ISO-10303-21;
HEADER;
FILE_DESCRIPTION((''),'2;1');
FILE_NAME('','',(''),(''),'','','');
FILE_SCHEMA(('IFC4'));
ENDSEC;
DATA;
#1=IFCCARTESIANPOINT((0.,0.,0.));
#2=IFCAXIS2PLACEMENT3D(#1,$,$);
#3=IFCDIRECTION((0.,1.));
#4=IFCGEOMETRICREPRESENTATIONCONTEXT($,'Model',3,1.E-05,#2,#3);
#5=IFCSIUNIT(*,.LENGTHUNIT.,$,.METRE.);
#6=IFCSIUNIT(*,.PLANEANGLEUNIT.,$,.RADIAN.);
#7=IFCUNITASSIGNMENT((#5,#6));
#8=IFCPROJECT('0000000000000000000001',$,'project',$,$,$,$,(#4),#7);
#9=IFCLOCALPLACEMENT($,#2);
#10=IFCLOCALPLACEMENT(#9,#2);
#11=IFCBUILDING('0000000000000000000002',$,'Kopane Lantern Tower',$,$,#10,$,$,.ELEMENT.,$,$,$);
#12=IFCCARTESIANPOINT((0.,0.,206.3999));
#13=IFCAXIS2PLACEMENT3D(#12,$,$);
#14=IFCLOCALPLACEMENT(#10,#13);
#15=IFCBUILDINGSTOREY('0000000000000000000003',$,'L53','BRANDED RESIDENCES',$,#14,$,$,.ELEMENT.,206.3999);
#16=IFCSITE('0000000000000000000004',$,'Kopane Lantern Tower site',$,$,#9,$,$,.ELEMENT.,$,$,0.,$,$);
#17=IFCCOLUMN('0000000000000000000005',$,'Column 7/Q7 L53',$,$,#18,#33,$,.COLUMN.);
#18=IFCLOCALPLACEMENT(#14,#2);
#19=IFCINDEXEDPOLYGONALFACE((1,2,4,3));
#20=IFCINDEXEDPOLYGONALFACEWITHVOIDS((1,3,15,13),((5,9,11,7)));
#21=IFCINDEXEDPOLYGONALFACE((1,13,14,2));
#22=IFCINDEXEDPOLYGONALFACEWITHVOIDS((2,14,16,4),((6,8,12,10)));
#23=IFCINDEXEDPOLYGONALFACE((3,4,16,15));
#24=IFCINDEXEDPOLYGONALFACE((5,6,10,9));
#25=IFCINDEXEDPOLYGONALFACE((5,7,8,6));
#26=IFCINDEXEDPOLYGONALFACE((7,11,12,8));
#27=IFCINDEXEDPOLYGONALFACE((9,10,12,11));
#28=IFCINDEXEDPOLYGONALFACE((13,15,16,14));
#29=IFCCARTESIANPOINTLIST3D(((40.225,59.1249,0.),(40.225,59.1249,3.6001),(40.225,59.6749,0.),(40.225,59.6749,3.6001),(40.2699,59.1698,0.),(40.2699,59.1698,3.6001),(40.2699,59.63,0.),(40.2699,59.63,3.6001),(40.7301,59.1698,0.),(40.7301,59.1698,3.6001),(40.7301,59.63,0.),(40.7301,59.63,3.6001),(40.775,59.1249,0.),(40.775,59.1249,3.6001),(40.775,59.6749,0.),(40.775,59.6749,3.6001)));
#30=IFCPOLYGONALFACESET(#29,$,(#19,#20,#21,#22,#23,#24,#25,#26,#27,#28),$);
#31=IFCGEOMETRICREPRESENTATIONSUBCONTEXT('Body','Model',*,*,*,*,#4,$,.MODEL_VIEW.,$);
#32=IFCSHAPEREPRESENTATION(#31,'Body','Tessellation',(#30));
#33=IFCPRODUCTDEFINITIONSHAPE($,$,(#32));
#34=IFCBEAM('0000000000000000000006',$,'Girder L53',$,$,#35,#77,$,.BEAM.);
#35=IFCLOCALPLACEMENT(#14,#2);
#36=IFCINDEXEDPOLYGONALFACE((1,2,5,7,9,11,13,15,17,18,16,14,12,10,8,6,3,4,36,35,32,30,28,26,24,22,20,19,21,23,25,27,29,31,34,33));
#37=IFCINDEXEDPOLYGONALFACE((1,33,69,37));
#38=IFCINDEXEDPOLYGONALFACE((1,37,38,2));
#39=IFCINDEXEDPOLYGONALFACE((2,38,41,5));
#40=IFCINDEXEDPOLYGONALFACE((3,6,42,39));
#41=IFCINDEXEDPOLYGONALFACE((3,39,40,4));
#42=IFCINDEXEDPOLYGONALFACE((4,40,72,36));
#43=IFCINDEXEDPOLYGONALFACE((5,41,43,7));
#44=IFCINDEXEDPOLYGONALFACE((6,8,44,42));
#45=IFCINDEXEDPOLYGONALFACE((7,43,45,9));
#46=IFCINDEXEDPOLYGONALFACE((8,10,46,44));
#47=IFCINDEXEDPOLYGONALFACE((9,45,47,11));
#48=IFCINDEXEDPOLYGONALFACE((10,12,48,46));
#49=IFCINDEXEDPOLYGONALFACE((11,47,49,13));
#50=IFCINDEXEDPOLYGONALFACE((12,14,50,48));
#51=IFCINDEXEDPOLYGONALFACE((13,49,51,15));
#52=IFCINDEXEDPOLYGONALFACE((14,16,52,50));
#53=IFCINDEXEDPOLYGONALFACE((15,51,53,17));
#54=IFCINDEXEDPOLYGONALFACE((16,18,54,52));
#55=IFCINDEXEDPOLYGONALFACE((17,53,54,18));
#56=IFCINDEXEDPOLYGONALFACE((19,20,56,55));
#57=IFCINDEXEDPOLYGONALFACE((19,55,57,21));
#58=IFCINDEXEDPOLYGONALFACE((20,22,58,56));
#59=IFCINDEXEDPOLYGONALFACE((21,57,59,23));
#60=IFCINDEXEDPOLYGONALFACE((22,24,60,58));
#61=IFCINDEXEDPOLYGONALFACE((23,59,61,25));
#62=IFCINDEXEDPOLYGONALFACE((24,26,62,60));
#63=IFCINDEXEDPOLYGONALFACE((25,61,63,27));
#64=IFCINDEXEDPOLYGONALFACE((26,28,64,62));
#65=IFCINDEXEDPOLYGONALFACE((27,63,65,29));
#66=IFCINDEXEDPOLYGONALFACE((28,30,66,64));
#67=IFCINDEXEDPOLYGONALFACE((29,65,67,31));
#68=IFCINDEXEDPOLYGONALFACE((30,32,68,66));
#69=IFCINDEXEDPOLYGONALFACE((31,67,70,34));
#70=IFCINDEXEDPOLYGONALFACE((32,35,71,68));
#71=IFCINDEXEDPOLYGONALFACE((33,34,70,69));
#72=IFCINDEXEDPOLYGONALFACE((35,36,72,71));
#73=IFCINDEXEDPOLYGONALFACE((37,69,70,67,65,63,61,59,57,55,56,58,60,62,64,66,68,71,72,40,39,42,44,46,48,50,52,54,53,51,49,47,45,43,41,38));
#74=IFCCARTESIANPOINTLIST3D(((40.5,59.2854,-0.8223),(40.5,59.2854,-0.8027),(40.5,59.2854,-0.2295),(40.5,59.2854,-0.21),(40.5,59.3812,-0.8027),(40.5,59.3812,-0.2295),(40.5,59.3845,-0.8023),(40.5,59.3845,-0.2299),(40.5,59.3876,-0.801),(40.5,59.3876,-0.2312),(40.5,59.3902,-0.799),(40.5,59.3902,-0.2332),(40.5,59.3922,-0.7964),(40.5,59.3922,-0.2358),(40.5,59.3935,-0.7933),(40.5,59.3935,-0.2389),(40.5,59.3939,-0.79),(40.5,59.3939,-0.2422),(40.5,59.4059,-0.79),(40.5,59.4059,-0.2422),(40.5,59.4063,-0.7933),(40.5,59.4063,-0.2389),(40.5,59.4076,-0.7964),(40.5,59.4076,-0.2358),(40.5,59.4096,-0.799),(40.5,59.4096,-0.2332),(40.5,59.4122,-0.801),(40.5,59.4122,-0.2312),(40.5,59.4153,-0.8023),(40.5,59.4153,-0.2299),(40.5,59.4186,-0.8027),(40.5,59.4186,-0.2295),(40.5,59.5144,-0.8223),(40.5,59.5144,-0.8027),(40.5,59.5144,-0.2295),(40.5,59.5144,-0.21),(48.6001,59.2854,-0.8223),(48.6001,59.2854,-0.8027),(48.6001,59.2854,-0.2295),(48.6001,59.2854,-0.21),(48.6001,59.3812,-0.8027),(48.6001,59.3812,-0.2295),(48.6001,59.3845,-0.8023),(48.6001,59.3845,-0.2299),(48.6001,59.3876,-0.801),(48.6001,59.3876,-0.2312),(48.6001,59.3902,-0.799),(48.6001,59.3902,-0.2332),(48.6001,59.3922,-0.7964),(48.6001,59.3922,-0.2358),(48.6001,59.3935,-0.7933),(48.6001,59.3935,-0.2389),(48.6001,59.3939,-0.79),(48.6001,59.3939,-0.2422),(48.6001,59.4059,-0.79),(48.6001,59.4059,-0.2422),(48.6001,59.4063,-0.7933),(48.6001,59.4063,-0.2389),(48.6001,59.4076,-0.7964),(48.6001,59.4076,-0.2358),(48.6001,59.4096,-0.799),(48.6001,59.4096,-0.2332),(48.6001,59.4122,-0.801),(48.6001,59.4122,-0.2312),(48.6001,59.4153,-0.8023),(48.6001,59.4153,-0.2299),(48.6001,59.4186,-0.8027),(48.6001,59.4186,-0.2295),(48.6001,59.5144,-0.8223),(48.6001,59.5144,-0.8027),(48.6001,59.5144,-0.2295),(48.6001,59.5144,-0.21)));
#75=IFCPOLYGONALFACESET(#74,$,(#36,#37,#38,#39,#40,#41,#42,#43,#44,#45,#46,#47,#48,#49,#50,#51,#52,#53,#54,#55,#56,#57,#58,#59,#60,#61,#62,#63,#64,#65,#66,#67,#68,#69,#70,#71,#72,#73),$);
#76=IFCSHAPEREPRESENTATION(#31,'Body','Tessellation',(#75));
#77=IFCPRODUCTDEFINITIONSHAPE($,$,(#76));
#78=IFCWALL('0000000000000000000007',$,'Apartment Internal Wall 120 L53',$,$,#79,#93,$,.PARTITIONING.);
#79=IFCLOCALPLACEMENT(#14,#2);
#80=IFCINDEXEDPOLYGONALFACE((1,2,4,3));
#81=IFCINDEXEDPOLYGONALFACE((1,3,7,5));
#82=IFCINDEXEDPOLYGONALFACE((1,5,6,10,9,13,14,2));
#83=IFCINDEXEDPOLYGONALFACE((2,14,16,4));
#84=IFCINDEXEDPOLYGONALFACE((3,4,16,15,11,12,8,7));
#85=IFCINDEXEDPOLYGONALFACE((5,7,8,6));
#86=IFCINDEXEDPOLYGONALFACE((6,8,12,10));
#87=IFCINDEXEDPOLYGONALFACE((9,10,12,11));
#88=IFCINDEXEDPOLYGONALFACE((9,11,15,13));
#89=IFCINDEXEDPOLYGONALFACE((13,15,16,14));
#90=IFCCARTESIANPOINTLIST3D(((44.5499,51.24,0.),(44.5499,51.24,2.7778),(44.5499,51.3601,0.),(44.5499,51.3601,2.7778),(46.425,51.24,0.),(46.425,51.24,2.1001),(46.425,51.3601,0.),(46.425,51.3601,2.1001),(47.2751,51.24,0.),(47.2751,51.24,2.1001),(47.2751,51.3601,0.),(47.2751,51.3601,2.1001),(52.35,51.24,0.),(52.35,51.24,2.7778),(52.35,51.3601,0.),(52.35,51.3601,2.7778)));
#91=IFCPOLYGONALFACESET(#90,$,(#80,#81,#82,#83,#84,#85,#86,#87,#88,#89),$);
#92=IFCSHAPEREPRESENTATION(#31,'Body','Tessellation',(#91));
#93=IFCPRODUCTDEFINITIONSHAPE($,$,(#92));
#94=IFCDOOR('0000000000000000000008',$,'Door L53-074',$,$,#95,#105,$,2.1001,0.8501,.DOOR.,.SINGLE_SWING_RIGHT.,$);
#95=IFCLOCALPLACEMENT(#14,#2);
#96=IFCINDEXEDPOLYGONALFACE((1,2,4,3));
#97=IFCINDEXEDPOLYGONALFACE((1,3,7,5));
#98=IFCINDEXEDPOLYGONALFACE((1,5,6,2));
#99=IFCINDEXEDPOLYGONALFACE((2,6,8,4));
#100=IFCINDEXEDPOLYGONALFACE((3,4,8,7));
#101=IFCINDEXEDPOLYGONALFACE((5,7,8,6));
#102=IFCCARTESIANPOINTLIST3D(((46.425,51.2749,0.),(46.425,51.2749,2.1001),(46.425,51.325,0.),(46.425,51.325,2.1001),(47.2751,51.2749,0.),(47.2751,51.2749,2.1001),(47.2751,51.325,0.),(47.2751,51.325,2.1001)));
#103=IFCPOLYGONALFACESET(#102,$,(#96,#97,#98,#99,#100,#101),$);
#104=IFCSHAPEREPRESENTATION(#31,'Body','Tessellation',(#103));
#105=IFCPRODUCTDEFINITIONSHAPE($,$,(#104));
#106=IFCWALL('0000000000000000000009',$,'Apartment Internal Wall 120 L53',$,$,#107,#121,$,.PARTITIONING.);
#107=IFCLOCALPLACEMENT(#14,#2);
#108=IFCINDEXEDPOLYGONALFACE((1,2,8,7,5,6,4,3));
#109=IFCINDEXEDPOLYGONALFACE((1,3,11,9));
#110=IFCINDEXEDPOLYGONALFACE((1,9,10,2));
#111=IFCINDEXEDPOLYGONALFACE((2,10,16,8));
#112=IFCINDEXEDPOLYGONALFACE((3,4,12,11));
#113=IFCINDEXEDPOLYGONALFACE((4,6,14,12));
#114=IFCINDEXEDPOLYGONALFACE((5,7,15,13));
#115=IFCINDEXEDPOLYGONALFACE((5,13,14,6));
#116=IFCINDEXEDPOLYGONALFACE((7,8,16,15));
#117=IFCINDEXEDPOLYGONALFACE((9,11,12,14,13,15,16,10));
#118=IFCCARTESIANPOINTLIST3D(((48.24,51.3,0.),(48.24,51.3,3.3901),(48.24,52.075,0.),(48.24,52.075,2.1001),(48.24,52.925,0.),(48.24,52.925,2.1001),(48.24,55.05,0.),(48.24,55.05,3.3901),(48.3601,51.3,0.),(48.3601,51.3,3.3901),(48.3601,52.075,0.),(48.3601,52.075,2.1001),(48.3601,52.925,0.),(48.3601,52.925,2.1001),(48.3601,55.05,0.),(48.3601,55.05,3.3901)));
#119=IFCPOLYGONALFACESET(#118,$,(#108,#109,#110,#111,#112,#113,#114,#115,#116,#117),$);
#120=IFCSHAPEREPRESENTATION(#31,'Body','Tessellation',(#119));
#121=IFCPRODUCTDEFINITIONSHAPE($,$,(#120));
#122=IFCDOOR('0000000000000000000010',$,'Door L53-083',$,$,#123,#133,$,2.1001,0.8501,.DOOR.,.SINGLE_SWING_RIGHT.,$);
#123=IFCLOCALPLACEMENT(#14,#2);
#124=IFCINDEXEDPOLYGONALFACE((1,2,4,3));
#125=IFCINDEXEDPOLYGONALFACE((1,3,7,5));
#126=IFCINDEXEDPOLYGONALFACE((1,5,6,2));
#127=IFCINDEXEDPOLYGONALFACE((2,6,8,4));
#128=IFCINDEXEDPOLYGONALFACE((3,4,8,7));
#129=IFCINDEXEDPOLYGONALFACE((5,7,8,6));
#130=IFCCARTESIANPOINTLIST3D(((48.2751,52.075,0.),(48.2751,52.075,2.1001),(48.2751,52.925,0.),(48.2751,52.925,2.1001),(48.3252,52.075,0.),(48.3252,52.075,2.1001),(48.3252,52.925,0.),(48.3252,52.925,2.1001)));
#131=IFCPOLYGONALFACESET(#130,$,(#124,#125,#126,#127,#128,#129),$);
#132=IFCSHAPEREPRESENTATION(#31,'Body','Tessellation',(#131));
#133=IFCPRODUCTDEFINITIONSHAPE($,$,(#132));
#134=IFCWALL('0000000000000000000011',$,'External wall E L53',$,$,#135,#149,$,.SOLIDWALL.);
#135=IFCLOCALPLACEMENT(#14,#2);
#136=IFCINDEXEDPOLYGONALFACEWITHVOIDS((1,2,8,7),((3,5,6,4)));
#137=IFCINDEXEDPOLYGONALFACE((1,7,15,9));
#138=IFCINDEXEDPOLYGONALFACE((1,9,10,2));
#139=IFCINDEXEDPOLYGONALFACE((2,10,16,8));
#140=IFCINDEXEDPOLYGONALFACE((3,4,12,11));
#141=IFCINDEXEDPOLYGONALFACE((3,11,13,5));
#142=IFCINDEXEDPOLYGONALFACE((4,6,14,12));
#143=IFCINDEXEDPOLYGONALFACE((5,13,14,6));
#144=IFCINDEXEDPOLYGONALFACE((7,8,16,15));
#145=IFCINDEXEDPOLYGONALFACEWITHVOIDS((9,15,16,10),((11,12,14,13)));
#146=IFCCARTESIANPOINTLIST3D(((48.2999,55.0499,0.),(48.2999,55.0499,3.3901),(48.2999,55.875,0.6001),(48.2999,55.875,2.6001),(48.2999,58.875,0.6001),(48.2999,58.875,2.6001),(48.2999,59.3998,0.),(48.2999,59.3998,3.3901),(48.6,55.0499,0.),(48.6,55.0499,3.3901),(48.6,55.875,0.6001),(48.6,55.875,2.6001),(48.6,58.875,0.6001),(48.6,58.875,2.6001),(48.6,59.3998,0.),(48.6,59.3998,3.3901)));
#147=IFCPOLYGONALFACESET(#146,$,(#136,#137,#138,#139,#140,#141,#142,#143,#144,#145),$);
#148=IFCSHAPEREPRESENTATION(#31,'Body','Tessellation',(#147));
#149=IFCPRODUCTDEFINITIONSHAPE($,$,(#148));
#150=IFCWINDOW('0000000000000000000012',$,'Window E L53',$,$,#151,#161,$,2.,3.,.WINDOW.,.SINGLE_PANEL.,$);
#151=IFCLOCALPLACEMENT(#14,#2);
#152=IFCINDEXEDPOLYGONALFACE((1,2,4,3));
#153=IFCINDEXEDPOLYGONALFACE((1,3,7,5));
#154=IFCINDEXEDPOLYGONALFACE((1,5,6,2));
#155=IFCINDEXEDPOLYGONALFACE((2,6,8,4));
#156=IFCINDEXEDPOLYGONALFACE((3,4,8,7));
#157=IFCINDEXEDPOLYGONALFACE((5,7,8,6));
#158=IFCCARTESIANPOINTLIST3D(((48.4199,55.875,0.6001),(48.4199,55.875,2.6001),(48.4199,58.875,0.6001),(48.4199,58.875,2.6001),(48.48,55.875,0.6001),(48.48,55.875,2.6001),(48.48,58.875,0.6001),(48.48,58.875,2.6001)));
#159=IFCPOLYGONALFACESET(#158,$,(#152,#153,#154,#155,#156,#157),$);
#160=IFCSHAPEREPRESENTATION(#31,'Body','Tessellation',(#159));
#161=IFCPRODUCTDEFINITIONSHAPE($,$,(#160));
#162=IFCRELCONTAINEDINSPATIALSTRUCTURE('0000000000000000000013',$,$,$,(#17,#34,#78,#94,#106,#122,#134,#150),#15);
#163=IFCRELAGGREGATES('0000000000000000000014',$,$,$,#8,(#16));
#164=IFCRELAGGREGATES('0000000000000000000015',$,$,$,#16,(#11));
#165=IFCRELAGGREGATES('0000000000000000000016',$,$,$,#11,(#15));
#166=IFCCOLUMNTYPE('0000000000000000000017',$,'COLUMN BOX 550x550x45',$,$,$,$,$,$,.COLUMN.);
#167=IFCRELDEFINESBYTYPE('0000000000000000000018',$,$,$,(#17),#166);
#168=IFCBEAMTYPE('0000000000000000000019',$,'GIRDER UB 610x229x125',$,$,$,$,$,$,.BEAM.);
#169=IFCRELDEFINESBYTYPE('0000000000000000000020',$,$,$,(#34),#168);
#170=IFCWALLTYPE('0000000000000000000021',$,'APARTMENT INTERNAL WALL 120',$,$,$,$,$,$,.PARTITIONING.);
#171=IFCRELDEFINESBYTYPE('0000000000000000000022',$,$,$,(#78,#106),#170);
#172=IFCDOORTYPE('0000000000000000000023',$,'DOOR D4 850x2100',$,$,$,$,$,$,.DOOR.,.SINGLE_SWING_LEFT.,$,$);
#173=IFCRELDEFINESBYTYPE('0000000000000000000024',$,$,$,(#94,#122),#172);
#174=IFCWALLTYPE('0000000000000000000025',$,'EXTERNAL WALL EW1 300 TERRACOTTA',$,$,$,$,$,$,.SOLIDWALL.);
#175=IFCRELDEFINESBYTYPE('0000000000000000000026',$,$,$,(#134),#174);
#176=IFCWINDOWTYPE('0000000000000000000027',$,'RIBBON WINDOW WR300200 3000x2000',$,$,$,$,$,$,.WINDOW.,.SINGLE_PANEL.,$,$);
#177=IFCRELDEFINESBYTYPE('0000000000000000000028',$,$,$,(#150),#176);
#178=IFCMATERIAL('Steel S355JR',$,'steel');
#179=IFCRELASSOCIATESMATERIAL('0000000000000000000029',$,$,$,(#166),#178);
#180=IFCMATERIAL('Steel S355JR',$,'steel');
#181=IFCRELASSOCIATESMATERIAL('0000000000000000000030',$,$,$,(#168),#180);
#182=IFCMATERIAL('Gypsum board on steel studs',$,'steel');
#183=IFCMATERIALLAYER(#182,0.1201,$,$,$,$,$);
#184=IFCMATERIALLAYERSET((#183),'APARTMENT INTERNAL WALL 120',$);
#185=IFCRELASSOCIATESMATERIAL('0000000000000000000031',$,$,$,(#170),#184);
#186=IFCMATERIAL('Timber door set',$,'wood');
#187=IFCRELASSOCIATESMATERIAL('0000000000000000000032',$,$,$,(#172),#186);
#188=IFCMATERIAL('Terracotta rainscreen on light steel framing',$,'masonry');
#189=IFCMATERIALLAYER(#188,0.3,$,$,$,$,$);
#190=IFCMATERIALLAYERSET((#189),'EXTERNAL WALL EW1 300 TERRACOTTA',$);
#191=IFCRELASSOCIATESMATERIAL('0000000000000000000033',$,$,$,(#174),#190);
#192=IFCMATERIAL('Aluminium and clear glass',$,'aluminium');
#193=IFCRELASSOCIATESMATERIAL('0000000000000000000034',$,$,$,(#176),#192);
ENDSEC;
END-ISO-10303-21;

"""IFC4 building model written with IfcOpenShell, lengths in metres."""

from ifc_helpers import new_model, si_unit, direction, frame, frame_2d, origin, origin_2d, place, context, subcontext, project, spatial, rectangle, hollow_rectangle, i_section, extrude, material, layer, layer_set, material_profile, profile_set, type_object, element, fill, save


model = new_model("IFC4")

# Units and contexts
model_context = context("Model", 3, precision=1e-05, world=origin(), true_north=direction((0.0, 1.0)))
body_context = subcontext(model_context, "Body", "Model", "MODEL_VIEW")
ifc_project = project(units=[si_unit("LENGTHUNIT", "METRE"), si_unit("PLANEANGLEUNIT", "RADIAN")], contexts=[model_context])

# Site, building, storey
site_placement = place(None, origin())
site = spatial("IfcSite", under=ifc_project, at=site_placement, Name="Kopane Lantern Tower site", CompositionType="ELEMENT", RefElevation=0.0)
building_placement = place(site_placement, origin())
building = spatial("IfcBuilding", under=site, at=building_placement, Name="Kopane Lantern Tower", CompositionType="ELEMENT")
storey_placement = place(building_placement, frame((0.0, 0.0, 206.3999)))
storey = spatial("IfcBuildingStorey", under=building, at=storey_placement, Name="L53", Description="BRANDED RESIDENCES", CompositionType="ELEMENT", Elevation=206.3999)

# Column
ifc_material_1 = material(Name="Steel S355JR", Category="steel")
ifc_material_profile_1 = material_profile(ifc_material_1, hollow_rectangle(XDim=0.55, YDim=0.55, WallThickness=0.0449, at=origin_2d()), Name="BOX 550x550x45")
ifc_profile_set_1 = profile_set([ifc_material_profile_1], Name="Steel S355JR")
column_type = type_object("IfcColumnType", Name="COLUMN BOX 550x550x45", PredefinedType="COLUMN", material=ifc_profile_set_1)
column_placement = place(storey_placement, frame((40.5, 59.3999, 0.0), z_axis=(0.0, 0.0, 1.0), x_axis=(1.0, 0.0, 0.0)))
element("IfcColumn", 1, at=column_placement, inside=storey, type_object=column_type, Name="Column 7/Q7 L53", PredefinedType="COLUMN", context=body_context, shape_type="SweptSolid", body=[
    extrude(hollow_rectangle(XDim=0.55, YDim=0.55, WallThickness=0.0449, at=origin_2d()), origin(), (0.0, 0.0, 1.0), 3.6001),
])

# Beam
ifc_material_2 = material(Name="Steel S355JR", Category="steel")
ifc_material_profile_2 = material_profile(ifc_material_2, i_section(OverallWidth=0.229, OverallDepth=0.6123, WebThickness=0.012, FlangeThickness=0.0195, FilletRadius=0.0127, at=origin_2d()), Name="UB 610x229x125")
ifc_profile_set_2 = profile_set([ifc_material_profile_2], Name="Steel S355JR")
beam_type = type_object("IfcBeamType", Name="GIRDER UB 610x229x125", PredefinedType="BEAM", material=ifc_profile_set_2)
beam_placement = place(storey_placement, frame((40.5, 59.3999, -0.5161), z_axis=(1.0, 0.0, 0.0), x_axis=(0.0, 1.0, 0.0)))
element("IfcBeam", 2, at=beam_placement, inside=storey, type_object=beam_type, Name="Girder L53", PredefinedType="BEAM", context=body_context, shape_type="SweptSolid", body=[
    extrude(i_section(OverallWidth=0.229, OverallDepth=0.6123, WebThickness=0.012, FlangeThickness=0.0195, FilletRadius=0.0127, at=origin_2d()), origin(), (0.0, 0.0, 1.0), 8.1001),
])

# Walls, openings, doors
ifc_material_3 = material(Name="Gypsum board on steel studs", Category="steel")
ifc_layer_1 = layer(ifc_material_3, 0.1201)
ifc_layer_set_1 = layer_set([ifc_layer_1], Name="APARTMENT INTERNAL WALL 120")
wall_type_1 = type_object("IfcWallType", Name="APARTMENT INTERNAL WALL 120", PredefinedType="PARTITIONING", material=ifc_layer_set_1)
wall_1_placement = place(storey_placement, frame((44.55, 51.3, 0.0), z_axis=(0.0, 0.0, 1.0), x_axis=(1.0, 0.0, 0.0)))
wall_1 = element("IfcWall", 3, at=wall_1_placement, inside=storey, type_object=wall_type_1, Name="Apartment Internal Wall 120 L53", PredefinedType="PARTITIONING", context=body_context, shape_type="SweptSolid", body=[
    extrude(rectangle(XDim=7.8, YDim=0.1201, at=frame_2d((3.8999, 0.0))), origin(), (0.0, 0.0, 1.0), 2.7778),
])
opening_1_placement = place(wall_1_placement, frame((1.875, 0.0, 0.0)))
opening_1 = element("IfcOpeningElement", 4, at=opening_1_placement, cuts=wall_1, PredefinedType="OPENING", context=body_context, shape_type="SweptSolid", body=[
    extrude(rectangle(XDim=0.8501, YDim=2.1001, at=frame_2d((0.425, 1.05))), frame((0.0, 0.0701, 0.0), z_axis=(0.0, -1.0, 0.0), x_axis=(1.0, 0.0, 0.0)), (0.0, 0.0, 1.0), 0.1401),
])
ifc_material_4 = material(Name="Timber door set", Category="wood")
door_type = type_object("IfcDoorType", Name="DOOR D4 850x2100", OperationType="SINGLE_SWING_LEFT", PredefinedType="DOOR", material=ifc_material_4)
door_1_placement = place(opening_1_placement, origin())
door_1 = element("IfcDoor", 5, at=door_1_placement, inside=storey, type_object=door_type, Name="Door L53-074", OperationType="SINGLE_SWING_RIGHT", OverallHeight=2.1001, OverallWidth=0.8501, PredefinedType="DOOR", context=body_context, shape_type="SweptSolid", body=[
    extrude(rectangle(XDim=0.8501, YDim=2.1001, at=frame_2d((0.425, 1.05))), frame((0.0, 0.0249, 0.0), z_axis=(0.0, -1.0, 0.0), x_axis=(1.0, 0.0, 0.0)), (0.0, 0.0, 1.0), 0.05),
])
fill(opening_1, door_1)
wall_2_placement = place(storey_placement, frame((48.3, 51.3, 0.0), z_axis=(0.0, 0.0, 1.0), x_axis=(0.0, 1.0, 0.0)))
wall_2 = element("IfcWall", 6, at=wall_2_placement, inside=storey, type_object=wall_type_1, Name="Apartment Internal Wall 120 L53", PredefinedType="PARTITIONING", context=body_context, shape_type="SweptSolid", body=[
    extrude(rectangle(XDim=3.75, YDim=0.1201, at=frame_2d((1.875, 0.0))), origin(), (0.0, 0.0, 1.0), 3.3901),
])
opening_2_placement = place(wall_2_placement, frame((0.7749, 0.0, 0.0)))
opening_2 = element("IfcOpeningElement", 7, at=opening_2_placement, cuts=wall_2, PredefinedType="OPENING", context=body_context, shape_type="SweptSolid", body=[
    extrude(rectangle(XDim=0.8501, YDim=2.1001, at=frame_2d((0.425, 1.05))), frame((0.0, 0.0701, 0.0), z_axis=(0.0, -1.0, 0.0), x_axis=(1.0, 0.0, 0.0)), (0.0, 0.0, 1.0), 0.1401),
])
door_2_placement = place(opening_2_placement, origin())
door_2 = element("IfcDoor", 8, at=door_2_placement, inside=storey, type_object=door_type, Name="Door L53-083", OperationType="SINGLE_SWING_RIGHT", OverallHeight=2.1001, OverallWidth=0.8501, PredefinedType="DOOR", context=body_context, shape_type="SweptSolid", body=[
    extrude(rectangle(XDim=0.8501, YDim=2.1001, at=frame_2d((0.425, 1.05))), frame((0.0, 0.0249, 0.0), z_axis=(0.0, -1.0, 0.0), x_axis=(1.0, 0.0, 0.0)), (0.0, 0.0, 1.0), 0.05),
])
fill(opening_2, door_2)

# Wall, opening, window
ifc_material_5 = material(Name="Terracotta rainscreen on light steel framing", Category="masonry")
ifc_layer_2 = layer(ifc_material_5, 0.3)
ifc_layer_set_2 = layer_set([ifc_layer_2], Name="EXTERNAL WALL EW1 300 TERRACOTTA")
wall_type_2 = type_object("IfcWallType", Name="EXTERNAL WALL EW1 300 TERRACOTTA", PredefinedType="SOLIDWALL", material=ifc_layer_set_2)
wall_3_placement = place(storey_placement, frame((48.45, 55.05, 0.0), z_axis=(0.0, 0.0, 1.0), x_axis=(0.0, 1.0, 0.0)))
wall_3 = element("IfcWall", 9, at=wall_3_placement, inside=storey, type_object=wall_type_2, Name="External wall E L53", PredefinedType="SOLIDWALL", context=body_context, shape_type="SweptSolid", body=[
    extrude(rectangle(XDim=4.3499, YDim=0.3, at=frame_2d((2.1748, 0.0))), origin(), (0.0, 0.0, 1.0), 3.3901),
])
opening_3_placement = place(wall_3_placement, frame((0.825, 0.0, 0.6001)))
opening_3 = element("IfcOpeningElement", 10, at=opening_3_placement, cuts=wall_3, PredefinedType="OPENING", context=body_context, shape_type="SweptSolid", body=[
    extrude(rectangle(XDim=3.0, YDim=2.0, at=frame_2d((1.5, 1.0))), frame((0.0, 0.1599, 0.0), z_axis=(0.0, -1.0, 0.0), x_axis=(1.0, 0.0, 0.0)), (0.0, 0.0, 1.0), 0.3201),
])
ifc_material_6 = material(Name="Aluminium and clear glass", Category="aluminium")
window_type_1 = type_object("IfcWindowType", Name="RIBBON WINDOW WR300200 3000x2000", PartitioningType="SINGLE_PANEL", PredefinedType="WINDOW", material=ifc_material_6)
window_1_placement = place(opening_3_placement, origin())
window_1 = element("IfcWindow", 11, at=window_1_placement, inside=storey, type_object=window_type_1, Name="Window E L53", OverallHeight=2.0, OverallWidth=3.0, PartitioningType="SINGLE_PANEL", PredefinedType="WINDOW", context=body_context, shape_type="SweptSolid", body=[
    extrude(rectangle(XDim=3.0, YDim=2.0, at=frame_2d((1.5, 1.0))), frame((0.0, 0.03, 0.0), z_axis=(0.0, -1.0, 0.0), x_axis=(1.0, 0.0, 0.0)), (0.0, 0.0, 1.0), 0.0601),
])
fill(opening_3, window_1)

save(model, "model.ifc")
